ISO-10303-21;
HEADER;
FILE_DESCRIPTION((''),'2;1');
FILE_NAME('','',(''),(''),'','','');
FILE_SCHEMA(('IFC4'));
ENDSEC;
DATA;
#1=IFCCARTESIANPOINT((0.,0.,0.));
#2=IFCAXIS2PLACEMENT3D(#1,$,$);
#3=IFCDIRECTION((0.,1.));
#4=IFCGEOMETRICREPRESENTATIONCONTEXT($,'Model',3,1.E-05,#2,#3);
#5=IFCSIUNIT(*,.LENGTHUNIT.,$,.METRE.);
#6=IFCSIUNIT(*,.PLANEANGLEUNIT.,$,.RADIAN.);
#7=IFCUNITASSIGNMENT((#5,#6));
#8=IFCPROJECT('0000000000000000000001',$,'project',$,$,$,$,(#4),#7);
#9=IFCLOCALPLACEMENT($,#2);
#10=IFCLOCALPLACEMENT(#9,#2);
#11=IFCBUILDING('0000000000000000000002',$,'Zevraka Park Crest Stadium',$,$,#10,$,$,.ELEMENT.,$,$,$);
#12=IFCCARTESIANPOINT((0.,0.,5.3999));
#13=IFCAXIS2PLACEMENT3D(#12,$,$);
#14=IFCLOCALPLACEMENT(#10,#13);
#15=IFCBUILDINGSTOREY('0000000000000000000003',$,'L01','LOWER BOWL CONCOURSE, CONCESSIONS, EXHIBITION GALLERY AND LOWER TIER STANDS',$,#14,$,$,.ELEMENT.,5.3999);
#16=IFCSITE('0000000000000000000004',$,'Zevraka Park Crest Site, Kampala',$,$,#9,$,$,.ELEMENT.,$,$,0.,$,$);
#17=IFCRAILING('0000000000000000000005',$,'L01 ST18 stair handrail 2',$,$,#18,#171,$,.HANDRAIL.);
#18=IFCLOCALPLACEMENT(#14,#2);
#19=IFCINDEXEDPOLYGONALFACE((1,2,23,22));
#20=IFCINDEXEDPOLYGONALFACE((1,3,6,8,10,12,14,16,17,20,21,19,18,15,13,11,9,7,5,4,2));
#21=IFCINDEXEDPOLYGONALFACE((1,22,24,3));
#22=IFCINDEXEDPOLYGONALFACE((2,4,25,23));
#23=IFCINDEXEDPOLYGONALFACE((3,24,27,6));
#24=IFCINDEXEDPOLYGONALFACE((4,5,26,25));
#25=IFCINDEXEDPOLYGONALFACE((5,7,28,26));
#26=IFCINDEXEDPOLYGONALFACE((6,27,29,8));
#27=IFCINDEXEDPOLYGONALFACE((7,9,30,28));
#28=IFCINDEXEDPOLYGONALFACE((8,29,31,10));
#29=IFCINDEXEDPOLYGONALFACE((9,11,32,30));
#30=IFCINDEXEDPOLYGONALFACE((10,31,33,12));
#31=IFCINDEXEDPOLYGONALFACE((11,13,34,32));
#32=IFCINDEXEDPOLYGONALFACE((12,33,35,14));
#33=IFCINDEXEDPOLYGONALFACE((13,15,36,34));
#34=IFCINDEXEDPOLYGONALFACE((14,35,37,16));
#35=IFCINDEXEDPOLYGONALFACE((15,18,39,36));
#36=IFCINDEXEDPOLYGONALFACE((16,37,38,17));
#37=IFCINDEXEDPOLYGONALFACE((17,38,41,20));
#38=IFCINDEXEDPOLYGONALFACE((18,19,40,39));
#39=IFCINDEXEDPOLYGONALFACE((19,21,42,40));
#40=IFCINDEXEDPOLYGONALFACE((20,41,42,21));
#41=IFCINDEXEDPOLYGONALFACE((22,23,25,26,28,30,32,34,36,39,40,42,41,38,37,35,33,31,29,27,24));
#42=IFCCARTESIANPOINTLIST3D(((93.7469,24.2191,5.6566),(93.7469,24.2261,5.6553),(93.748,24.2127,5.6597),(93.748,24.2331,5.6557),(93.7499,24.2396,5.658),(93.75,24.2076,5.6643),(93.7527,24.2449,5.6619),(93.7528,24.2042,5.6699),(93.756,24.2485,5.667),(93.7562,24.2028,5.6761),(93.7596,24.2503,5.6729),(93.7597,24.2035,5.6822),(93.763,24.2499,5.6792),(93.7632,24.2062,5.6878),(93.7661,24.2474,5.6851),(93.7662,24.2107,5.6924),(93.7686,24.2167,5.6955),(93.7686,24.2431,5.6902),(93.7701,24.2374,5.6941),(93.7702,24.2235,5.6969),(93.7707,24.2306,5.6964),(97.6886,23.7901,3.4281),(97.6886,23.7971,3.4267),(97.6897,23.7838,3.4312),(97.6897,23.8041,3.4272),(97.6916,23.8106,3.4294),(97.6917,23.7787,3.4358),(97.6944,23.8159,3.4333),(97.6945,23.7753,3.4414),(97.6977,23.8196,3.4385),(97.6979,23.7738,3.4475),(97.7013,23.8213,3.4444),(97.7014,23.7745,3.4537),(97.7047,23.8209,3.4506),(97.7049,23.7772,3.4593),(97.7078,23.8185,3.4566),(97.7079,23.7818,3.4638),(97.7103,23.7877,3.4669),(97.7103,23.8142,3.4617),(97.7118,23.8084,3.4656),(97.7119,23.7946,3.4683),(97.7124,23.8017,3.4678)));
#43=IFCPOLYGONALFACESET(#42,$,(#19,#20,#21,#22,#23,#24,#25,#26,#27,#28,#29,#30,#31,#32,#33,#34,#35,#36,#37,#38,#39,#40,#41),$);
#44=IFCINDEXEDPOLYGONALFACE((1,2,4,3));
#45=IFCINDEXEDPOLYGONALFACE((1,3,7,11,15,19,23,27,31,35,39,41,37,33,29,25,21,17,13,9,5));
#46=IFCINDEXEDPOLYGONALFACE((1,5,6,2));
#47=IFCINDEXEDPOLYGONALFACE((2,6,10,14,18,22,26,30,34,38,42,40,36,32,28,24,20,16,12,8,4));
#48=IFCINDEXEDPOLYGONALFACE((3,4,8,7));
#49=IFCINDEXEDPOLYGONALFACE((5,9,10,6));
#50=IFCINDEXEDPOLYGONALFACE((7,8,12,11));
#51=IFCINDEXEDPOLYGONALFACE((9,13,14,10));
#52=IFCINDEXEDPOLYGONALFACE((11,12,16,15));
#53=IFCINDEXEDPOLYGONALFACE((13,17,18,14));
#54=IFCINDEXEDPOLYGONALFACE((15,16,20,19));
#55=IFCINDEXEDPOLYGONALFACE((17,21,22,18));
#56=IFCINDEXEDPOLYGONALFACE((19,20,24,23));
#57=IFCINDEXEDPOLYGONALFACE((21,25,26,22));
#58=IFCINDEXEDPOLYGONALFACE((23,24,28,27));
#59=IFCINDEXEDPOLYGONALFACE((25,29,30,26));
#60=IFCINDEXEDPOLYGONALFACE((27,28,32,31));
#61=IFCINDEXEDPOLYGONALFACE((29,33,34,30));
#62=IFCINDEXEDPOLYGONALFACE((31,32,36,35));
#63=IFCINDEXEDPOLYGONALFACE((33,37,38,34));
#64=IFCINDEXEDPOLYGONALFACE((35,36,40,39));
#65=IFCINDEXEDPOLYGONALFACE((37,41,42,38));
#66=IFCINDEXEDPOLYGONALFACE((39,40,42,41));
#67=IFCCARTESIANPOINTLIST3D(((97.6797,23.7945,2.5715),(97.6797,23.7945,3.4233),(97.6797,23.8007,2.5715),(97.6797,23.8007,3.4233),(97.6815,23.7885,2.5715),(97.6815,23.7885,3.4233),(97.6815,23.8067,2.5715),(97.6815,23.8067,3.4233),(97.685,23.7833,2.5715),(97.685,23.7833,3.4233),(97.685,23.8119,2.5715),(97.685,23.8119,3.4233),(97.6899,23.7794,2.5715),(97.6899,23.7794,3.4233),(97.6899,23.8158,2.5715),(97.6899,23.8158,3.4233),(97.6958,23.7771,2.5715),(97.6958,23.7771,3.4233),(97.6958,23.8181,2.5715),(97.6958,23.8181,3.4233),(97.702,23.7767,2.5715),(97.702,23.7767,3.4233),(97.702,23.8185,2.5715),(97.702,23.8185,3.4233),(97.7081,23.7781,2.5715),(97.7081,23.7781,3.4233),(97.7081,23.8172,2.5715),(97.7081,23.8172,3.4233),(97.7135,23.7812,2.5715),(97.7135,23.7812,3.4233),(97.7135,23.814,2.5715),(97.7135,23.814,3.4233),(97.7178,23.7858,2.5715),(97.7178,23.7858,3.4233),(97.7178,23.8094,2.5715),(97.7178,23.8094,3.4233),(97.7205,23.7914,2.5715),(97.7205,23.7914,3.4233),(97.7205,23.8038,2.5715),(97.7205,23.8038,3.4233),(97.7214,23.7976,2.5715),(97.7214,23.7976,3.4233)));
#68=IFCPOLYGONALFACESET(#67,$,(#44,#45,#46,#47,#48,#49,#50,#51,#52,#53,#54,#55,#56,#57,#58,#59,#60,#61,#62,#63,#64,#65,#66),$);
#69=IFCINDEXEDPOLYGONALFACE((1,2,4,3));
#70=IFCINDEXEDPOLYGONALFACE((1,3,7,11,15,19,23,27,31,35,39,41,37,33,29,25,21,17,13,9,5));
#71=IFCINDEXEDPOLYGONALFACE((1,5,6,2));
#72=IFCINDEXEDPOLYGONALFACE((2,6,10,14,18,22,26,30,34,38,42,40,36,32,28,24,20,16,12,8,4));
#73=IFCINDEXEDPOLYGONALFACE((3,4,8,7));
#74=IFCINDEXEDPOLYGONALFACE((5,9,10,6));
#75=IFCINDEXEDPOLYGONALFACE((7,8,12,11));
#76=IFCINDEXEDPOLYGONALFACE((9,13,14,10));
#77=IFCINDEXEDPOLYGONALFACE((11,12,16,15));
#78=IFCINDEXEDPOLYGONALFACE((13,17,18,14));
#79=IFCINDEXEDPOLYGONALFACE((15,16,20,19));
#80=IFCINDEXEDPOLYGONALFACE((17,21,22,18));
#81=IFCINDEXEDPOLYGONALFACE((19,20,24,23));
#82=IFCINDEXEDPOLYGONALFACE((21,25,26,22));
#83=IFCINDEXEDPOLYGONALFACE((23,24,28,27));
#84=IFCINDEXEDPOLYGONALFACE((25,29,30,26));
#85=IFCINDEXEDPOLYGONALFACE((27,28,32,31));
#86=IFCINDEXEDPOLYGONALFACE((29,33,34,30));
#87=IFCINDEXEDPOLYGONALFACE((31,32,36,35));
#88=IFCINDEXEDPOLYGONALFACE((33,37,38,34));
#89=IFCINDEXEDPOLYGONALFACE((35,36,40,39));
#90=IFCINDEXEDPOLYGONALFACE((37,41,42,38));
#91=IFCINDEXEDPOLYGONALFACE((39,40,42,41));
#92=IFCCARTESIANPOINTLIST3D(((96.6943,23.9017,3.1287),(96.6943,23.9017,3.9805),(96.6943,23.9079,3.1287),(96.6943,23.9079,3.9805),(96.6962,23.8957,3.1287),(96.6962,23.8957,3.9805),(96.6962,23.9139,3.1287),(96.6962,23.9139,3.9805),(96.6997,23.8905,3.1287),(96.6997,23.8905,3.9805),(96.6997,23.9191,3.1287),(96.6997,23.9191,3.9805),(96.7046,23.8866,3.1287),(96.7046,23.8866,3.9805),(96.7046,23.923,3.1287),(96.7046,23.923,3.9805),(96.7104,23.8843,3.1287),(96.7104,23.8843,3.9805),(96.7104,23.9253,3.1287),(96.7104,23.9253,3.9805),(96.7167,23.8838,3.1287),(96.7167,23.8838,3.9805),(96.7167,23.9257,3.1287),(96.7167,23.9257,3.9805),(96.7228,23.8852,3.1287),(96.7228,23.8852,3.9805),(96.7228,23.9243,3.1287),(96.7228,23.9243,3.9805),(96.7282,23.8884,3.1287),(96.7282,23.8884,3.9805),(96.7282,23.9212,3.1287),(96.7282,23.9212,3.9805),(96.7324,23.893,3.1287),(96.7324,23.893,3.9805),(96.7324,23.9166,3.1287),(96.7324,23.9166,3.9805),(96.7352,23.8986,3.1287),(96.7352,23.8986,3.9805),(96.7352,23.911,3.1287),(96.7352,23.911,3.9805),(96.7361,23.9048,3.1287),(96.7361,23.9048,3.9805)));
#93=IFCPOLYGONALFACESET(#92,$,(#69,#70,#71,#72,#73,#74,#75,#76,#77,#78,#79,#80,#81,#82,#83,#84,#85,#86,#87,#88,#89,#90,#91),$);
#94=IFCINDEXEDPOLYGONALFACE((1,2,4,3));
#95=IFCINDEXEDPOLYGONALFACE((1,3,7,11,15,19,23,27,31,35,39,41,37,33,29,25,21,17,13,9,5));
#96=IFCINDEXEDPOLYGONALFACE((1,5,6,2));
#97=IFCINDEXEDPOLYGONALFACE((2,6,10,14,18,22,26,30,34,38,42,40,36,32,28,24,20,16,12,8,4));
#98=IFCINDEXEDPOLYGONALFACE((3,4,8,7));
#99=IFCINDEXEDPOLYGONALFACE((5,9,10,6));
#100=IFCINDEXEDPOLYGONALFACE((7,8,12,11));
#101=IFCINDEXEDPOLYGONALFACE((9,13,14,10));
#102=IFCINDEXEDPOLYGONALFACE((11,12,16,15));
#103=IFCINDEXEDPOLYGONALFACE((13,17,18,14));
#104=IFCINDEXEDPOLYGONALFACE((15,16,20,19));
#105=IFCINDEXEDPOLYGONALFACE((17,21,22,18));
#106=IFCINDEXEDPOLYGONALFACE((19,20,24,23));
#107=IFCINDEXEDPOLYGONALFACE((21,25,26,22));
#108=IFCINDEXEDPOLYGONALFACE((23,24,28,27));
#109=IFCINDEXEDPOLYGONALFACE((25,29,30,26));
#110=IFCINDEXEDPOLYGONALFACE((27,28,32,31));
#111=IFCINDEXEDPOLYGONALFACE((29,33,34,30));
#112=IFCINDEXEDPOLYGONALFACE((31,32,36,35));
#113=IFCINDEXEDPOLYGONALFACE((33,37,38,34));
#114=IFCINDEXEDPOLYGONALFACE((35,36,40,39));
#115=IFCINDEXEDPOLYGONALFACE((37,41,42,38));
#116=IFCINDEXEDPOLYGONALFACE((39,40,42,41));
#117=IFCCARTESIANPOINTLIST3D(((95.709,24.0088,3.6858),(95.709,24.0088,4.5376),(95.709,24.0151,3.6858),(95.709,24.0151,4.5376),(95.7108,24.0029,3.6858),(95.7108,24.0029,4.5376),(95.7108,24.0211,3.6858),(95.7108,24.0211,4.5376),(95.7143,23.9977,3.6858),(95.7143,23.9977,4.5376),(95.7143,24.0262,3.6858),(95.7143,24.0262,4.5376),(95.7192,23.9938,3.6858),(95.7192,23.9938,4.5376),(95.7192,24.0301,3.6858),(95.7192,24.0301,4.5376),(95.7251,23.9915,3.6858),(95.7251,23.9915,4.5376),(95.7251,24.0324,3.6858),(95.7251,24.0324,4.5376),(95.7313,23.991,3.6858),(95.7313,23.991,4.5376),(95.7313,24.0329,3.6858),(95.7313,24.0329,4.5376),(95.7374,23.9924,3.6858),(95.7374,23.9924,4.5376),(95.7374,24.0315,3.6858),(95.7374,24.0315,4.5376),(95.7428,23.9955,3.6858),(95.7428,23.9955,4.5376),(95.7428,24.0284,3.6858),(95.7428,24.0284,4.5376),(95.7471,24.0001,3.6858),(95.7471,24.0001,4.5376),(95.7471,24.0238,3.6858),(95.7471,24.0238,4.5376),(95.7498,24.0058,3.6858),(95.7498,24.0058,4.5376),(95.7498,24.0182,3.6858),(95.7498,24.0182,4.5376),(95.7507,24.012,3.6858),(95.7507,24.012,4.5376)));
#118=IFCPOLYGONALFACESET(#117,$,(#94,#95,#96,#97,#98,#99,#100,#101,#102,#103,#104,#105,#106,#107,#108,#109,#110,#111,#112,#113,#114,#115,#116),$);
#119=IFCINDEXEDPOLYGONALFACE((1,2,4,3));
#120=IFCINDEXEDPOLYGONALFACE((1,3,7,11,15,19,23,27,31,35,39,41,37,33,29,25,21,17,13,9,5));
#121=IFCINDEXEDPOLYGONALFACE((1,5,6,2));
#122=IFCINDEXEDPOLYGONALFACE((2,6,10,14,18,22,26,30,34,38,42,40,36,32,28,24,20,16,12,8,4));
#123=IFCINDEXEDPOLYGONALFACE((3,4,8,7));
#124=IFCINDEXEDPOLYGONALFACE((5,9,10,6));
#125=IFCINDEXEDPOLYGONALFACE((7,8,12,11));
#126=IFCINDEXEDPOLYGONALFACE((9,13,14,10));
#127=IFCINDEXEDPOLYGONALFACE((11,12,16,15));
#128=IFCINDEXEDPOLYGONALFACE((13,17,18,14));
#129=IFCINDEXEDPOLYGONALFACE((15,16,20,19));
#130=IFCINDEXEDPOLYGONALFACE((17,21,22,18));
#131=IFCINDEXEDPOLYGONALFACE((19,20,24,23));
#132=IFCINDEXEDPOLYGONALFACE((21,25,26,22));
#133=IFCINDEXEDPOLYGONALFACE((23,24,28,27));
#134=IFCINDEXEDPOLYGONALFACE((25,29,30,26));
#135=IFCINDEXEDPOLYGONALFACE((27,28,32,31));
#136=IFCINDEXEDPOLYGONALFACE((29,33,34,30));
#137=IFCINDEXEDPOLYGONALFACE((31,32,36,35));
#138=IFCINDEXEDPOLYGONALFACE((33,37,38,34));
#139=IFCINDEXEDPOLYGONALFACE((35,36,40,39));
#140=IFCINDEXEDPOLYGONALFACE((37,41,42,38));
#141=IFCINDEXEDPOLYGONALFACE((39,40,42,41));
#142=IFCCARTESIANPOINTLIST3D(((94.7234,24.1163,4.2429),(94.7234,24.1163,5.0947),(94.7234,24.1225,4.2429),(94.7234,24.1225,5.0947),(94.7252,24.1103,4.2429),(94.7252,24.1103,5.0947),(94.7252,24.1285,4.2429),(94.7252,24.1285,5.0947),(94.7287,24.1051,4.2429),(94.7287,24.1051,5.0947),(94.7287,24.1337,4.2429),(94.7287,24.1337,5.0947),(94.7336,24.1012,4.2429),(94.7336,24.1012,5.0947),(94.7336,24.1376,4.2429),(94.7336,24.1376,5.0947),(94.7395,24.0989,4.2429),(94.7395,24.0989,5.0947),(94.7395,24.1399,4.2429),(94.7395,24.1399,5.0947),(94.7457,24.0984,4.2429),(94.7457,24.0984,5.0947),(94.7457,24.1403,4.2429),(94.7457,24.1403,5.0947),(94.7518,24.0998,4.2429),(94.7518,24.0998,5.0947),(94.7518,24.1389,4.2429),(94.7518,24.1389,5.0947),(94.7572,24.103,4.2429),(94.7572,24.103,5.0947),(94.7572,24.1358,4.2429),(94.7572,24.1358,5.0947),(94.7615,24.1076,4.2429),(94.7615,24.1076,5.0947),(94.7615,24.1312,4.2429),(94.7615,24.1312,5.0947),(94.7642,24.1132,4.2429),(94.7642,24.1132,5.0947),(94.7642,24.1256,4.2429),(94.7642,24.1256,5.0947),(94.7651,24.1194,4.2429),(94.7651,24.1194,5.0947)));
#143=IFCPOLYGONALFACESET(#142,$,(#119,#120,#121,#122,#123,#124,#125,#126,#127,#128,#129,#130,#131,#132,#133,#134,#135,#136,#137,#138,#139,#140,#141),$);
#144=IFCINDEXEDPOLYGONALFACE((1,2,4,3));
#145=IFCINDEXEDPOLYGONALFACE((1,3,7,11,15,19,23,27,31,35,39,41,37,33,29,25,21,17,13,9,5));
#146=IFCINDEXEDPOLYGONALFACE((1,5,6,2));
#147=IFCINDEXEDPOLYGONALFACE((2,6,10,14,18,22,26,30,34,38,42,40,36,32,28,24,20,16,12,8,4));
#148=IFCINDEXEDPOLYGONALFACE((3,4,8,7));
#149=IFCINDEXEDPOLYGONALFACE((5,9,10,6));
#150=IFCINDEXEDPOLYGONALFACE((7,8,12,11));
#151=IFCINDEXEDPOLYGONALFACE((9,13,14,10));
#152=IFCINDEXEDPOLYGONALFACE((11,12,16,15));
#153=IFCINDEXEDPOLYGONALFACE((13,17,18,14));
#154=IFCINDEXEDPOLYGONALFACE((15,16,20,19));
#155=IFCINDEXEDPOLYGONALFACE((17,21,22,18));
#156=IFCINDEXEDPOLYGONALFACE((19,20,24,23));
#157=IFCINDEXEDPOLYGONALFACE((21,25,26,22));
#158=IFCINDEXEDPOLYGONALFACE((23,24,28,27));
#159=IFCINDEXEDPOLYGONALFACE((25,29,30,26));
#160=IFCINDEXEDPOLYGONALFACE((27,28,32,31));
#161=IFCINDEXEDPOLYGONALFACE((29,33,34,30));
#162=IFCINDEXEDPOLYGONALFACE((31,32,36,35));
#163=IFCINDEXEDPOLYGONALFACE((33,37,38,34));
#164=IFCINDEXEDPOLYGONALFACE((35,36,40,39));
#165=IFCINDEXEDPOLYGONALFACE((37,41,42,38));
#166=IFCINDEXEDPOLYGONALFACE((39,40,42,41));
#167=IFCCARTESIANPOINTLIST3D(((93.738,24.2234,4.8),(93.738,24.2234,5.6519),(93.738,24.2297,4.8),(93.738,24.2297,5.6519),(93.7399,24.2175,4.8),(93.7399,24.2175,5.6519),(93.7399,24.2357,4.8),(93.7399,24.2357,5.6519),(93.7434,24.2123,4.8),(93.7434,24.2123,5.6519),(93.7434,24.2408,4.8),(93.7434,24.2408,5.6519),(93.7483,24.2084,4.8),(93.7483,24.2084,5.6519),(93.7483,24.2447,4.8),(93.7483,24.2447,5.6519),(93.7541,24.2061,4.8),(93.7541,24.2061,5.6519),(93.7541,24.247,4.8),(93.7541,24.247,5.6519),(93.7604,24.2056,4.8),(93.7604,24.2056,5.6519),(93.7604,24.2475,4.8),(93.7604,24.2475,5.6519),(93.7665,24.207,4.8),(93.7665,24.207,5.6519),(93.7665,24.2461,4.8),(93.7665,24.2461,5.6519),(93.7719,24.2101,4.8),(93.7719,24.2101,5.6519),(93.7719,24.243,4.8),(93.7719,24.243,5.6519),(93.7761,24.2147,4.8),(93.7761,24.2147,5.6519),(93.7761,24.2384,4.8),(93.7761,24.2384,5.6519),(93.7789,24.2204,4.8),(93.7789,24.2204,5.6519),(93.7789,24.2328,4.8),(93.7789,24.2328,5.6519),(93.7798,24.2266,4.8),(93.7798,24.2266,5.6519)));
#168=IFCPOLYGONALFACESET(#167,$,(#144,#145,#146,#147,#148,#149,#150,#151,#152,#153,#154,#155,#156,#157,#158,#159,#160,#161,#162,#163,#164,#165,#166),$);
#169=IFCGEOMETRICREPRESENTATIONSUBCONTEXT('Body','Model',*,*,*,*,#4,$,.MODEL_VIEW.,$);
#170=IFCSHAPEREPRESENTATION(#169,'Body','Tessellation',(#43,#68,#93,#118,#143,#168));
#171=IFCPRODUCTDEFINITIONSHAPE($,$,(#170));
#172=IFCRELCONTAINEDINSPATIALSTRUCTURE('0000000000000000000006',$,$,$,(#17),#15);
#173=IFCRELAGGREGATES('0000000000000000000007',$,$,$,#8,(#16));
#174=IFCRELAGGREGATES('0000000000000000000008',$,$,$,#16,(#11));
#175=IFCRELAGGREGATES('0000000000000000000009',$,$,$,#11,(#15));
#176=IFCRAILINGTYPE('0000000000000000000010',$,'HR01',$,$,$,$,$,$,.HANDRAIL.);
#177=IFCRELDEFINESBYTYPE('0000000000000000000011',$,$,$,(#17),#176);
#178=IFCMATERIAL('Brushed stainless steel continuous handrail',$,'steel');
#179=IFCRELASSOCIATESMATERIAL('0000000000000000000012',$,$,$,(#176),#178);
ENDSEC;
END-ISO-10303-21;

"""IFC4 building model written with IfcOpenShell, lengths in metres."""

from ifc_helpers import new_model, si_unit, direction, frame, origin, origin_2d, place, context, subcontext, project, spatial, circle, extrude, material, type_object, element, save


model = new_model("IFC4")

# Units and contexts
model_context = context("Model", 3, precision=1e-05, world=origin(), true_north=direction((0.0, 1.0)))
body_context = subcontext(model_context, "Body", "Model", "MODEL_VIEW")
ifc_project = project(units=[si_unit("LENGTHUNIT", "METRE"), si_unit("PLANEANGLEUNIT", "RADIAN")], contexts=[model_context])

# Site, building, storey
site_placement = place(None, origin())
site = spatial("IfcSite", under=ifc_project, at=site_placement, Name="Zevraka Park Crest Site, Kampala", CompositionType="ELEMENT", RefElevation=0.0)
building_placement = place(site_placement, origin())
building = spatial("IfcBuilding", under=site, at=building_placement, Name="Zevraka Park Crest Stadium", CompositionType="ELEMENT")
storey_placement = place(building_placement, frame((0.0, 0.0, 5.3999)))
storey = spatial("IfcBuildingStorey", under=building, at=storey_placement, Name="L01", Description="LOWER BOWL CONCOURSE, CONCESSIONS, EXHIBITION GALLERY AND LOWER TIER STANDS", CompositionType="ELEMENT", Elevation=5.3999)

# Railing
ifc_material_1 = material(Name="Brushed stainless steel continuous handrail", Category="steel")
railing_type_1 = type_object("IfcRailingType", Name="HR01", PredefinedType="HANDRAIL", material=ifc_material_1)
railing_1_placement = place(storey_placement, frame((97.7004, 23.7976, 2.5715)))
element("IfcRailing", 1, at=railing_1_placement, inside=storey, type_object=railing_type_1, Name="L01 ST18 stair handrail 2", PredefinedType="HANDRAIL", context=body_context, shape_type="SweptSolid", body=[
    extrude(circle(Radius=0.0239, at=origin_2d()), frame((0.0, 0.0, 0.876), z_axis=(-0.866624, 0.094311, 0.489968), x_axis=(-0.108188, -0.994131, 0.0)), (0.0, 0.0, 1.0), 4.5483),
    extrude(circle(Radius=0.021, at=origin_2d()), origin(), (0.0, 0.0, 1.0), 0.8518),
    extrude(circle(Radius=0.021, at=origin_2d()), frame((-0.9854, 0.1072, 0.5571)), (0.0, 0.0, 1.0), 0.8518),
    extrude(circle(Radius=0.021, at=origin_2d()), frame((-1.9707, 0.2144, 1.1143)), (0.0, 0.0, 1.0), 0.8518),
    extrude(circle(Radius=0.021, at=origin_2d()), frame((-2.9563, 0.3218, 1.6714)), (0.0, 0.0, 1.0), 0.8518),
    extrude(circle(Radius=0.021, at=origin_2d()), frame((-3.9417, 0.429, 2.2285)), (0.0, 0.0, 1.0), 0.8518),
])

save(model, "model.ifc")
